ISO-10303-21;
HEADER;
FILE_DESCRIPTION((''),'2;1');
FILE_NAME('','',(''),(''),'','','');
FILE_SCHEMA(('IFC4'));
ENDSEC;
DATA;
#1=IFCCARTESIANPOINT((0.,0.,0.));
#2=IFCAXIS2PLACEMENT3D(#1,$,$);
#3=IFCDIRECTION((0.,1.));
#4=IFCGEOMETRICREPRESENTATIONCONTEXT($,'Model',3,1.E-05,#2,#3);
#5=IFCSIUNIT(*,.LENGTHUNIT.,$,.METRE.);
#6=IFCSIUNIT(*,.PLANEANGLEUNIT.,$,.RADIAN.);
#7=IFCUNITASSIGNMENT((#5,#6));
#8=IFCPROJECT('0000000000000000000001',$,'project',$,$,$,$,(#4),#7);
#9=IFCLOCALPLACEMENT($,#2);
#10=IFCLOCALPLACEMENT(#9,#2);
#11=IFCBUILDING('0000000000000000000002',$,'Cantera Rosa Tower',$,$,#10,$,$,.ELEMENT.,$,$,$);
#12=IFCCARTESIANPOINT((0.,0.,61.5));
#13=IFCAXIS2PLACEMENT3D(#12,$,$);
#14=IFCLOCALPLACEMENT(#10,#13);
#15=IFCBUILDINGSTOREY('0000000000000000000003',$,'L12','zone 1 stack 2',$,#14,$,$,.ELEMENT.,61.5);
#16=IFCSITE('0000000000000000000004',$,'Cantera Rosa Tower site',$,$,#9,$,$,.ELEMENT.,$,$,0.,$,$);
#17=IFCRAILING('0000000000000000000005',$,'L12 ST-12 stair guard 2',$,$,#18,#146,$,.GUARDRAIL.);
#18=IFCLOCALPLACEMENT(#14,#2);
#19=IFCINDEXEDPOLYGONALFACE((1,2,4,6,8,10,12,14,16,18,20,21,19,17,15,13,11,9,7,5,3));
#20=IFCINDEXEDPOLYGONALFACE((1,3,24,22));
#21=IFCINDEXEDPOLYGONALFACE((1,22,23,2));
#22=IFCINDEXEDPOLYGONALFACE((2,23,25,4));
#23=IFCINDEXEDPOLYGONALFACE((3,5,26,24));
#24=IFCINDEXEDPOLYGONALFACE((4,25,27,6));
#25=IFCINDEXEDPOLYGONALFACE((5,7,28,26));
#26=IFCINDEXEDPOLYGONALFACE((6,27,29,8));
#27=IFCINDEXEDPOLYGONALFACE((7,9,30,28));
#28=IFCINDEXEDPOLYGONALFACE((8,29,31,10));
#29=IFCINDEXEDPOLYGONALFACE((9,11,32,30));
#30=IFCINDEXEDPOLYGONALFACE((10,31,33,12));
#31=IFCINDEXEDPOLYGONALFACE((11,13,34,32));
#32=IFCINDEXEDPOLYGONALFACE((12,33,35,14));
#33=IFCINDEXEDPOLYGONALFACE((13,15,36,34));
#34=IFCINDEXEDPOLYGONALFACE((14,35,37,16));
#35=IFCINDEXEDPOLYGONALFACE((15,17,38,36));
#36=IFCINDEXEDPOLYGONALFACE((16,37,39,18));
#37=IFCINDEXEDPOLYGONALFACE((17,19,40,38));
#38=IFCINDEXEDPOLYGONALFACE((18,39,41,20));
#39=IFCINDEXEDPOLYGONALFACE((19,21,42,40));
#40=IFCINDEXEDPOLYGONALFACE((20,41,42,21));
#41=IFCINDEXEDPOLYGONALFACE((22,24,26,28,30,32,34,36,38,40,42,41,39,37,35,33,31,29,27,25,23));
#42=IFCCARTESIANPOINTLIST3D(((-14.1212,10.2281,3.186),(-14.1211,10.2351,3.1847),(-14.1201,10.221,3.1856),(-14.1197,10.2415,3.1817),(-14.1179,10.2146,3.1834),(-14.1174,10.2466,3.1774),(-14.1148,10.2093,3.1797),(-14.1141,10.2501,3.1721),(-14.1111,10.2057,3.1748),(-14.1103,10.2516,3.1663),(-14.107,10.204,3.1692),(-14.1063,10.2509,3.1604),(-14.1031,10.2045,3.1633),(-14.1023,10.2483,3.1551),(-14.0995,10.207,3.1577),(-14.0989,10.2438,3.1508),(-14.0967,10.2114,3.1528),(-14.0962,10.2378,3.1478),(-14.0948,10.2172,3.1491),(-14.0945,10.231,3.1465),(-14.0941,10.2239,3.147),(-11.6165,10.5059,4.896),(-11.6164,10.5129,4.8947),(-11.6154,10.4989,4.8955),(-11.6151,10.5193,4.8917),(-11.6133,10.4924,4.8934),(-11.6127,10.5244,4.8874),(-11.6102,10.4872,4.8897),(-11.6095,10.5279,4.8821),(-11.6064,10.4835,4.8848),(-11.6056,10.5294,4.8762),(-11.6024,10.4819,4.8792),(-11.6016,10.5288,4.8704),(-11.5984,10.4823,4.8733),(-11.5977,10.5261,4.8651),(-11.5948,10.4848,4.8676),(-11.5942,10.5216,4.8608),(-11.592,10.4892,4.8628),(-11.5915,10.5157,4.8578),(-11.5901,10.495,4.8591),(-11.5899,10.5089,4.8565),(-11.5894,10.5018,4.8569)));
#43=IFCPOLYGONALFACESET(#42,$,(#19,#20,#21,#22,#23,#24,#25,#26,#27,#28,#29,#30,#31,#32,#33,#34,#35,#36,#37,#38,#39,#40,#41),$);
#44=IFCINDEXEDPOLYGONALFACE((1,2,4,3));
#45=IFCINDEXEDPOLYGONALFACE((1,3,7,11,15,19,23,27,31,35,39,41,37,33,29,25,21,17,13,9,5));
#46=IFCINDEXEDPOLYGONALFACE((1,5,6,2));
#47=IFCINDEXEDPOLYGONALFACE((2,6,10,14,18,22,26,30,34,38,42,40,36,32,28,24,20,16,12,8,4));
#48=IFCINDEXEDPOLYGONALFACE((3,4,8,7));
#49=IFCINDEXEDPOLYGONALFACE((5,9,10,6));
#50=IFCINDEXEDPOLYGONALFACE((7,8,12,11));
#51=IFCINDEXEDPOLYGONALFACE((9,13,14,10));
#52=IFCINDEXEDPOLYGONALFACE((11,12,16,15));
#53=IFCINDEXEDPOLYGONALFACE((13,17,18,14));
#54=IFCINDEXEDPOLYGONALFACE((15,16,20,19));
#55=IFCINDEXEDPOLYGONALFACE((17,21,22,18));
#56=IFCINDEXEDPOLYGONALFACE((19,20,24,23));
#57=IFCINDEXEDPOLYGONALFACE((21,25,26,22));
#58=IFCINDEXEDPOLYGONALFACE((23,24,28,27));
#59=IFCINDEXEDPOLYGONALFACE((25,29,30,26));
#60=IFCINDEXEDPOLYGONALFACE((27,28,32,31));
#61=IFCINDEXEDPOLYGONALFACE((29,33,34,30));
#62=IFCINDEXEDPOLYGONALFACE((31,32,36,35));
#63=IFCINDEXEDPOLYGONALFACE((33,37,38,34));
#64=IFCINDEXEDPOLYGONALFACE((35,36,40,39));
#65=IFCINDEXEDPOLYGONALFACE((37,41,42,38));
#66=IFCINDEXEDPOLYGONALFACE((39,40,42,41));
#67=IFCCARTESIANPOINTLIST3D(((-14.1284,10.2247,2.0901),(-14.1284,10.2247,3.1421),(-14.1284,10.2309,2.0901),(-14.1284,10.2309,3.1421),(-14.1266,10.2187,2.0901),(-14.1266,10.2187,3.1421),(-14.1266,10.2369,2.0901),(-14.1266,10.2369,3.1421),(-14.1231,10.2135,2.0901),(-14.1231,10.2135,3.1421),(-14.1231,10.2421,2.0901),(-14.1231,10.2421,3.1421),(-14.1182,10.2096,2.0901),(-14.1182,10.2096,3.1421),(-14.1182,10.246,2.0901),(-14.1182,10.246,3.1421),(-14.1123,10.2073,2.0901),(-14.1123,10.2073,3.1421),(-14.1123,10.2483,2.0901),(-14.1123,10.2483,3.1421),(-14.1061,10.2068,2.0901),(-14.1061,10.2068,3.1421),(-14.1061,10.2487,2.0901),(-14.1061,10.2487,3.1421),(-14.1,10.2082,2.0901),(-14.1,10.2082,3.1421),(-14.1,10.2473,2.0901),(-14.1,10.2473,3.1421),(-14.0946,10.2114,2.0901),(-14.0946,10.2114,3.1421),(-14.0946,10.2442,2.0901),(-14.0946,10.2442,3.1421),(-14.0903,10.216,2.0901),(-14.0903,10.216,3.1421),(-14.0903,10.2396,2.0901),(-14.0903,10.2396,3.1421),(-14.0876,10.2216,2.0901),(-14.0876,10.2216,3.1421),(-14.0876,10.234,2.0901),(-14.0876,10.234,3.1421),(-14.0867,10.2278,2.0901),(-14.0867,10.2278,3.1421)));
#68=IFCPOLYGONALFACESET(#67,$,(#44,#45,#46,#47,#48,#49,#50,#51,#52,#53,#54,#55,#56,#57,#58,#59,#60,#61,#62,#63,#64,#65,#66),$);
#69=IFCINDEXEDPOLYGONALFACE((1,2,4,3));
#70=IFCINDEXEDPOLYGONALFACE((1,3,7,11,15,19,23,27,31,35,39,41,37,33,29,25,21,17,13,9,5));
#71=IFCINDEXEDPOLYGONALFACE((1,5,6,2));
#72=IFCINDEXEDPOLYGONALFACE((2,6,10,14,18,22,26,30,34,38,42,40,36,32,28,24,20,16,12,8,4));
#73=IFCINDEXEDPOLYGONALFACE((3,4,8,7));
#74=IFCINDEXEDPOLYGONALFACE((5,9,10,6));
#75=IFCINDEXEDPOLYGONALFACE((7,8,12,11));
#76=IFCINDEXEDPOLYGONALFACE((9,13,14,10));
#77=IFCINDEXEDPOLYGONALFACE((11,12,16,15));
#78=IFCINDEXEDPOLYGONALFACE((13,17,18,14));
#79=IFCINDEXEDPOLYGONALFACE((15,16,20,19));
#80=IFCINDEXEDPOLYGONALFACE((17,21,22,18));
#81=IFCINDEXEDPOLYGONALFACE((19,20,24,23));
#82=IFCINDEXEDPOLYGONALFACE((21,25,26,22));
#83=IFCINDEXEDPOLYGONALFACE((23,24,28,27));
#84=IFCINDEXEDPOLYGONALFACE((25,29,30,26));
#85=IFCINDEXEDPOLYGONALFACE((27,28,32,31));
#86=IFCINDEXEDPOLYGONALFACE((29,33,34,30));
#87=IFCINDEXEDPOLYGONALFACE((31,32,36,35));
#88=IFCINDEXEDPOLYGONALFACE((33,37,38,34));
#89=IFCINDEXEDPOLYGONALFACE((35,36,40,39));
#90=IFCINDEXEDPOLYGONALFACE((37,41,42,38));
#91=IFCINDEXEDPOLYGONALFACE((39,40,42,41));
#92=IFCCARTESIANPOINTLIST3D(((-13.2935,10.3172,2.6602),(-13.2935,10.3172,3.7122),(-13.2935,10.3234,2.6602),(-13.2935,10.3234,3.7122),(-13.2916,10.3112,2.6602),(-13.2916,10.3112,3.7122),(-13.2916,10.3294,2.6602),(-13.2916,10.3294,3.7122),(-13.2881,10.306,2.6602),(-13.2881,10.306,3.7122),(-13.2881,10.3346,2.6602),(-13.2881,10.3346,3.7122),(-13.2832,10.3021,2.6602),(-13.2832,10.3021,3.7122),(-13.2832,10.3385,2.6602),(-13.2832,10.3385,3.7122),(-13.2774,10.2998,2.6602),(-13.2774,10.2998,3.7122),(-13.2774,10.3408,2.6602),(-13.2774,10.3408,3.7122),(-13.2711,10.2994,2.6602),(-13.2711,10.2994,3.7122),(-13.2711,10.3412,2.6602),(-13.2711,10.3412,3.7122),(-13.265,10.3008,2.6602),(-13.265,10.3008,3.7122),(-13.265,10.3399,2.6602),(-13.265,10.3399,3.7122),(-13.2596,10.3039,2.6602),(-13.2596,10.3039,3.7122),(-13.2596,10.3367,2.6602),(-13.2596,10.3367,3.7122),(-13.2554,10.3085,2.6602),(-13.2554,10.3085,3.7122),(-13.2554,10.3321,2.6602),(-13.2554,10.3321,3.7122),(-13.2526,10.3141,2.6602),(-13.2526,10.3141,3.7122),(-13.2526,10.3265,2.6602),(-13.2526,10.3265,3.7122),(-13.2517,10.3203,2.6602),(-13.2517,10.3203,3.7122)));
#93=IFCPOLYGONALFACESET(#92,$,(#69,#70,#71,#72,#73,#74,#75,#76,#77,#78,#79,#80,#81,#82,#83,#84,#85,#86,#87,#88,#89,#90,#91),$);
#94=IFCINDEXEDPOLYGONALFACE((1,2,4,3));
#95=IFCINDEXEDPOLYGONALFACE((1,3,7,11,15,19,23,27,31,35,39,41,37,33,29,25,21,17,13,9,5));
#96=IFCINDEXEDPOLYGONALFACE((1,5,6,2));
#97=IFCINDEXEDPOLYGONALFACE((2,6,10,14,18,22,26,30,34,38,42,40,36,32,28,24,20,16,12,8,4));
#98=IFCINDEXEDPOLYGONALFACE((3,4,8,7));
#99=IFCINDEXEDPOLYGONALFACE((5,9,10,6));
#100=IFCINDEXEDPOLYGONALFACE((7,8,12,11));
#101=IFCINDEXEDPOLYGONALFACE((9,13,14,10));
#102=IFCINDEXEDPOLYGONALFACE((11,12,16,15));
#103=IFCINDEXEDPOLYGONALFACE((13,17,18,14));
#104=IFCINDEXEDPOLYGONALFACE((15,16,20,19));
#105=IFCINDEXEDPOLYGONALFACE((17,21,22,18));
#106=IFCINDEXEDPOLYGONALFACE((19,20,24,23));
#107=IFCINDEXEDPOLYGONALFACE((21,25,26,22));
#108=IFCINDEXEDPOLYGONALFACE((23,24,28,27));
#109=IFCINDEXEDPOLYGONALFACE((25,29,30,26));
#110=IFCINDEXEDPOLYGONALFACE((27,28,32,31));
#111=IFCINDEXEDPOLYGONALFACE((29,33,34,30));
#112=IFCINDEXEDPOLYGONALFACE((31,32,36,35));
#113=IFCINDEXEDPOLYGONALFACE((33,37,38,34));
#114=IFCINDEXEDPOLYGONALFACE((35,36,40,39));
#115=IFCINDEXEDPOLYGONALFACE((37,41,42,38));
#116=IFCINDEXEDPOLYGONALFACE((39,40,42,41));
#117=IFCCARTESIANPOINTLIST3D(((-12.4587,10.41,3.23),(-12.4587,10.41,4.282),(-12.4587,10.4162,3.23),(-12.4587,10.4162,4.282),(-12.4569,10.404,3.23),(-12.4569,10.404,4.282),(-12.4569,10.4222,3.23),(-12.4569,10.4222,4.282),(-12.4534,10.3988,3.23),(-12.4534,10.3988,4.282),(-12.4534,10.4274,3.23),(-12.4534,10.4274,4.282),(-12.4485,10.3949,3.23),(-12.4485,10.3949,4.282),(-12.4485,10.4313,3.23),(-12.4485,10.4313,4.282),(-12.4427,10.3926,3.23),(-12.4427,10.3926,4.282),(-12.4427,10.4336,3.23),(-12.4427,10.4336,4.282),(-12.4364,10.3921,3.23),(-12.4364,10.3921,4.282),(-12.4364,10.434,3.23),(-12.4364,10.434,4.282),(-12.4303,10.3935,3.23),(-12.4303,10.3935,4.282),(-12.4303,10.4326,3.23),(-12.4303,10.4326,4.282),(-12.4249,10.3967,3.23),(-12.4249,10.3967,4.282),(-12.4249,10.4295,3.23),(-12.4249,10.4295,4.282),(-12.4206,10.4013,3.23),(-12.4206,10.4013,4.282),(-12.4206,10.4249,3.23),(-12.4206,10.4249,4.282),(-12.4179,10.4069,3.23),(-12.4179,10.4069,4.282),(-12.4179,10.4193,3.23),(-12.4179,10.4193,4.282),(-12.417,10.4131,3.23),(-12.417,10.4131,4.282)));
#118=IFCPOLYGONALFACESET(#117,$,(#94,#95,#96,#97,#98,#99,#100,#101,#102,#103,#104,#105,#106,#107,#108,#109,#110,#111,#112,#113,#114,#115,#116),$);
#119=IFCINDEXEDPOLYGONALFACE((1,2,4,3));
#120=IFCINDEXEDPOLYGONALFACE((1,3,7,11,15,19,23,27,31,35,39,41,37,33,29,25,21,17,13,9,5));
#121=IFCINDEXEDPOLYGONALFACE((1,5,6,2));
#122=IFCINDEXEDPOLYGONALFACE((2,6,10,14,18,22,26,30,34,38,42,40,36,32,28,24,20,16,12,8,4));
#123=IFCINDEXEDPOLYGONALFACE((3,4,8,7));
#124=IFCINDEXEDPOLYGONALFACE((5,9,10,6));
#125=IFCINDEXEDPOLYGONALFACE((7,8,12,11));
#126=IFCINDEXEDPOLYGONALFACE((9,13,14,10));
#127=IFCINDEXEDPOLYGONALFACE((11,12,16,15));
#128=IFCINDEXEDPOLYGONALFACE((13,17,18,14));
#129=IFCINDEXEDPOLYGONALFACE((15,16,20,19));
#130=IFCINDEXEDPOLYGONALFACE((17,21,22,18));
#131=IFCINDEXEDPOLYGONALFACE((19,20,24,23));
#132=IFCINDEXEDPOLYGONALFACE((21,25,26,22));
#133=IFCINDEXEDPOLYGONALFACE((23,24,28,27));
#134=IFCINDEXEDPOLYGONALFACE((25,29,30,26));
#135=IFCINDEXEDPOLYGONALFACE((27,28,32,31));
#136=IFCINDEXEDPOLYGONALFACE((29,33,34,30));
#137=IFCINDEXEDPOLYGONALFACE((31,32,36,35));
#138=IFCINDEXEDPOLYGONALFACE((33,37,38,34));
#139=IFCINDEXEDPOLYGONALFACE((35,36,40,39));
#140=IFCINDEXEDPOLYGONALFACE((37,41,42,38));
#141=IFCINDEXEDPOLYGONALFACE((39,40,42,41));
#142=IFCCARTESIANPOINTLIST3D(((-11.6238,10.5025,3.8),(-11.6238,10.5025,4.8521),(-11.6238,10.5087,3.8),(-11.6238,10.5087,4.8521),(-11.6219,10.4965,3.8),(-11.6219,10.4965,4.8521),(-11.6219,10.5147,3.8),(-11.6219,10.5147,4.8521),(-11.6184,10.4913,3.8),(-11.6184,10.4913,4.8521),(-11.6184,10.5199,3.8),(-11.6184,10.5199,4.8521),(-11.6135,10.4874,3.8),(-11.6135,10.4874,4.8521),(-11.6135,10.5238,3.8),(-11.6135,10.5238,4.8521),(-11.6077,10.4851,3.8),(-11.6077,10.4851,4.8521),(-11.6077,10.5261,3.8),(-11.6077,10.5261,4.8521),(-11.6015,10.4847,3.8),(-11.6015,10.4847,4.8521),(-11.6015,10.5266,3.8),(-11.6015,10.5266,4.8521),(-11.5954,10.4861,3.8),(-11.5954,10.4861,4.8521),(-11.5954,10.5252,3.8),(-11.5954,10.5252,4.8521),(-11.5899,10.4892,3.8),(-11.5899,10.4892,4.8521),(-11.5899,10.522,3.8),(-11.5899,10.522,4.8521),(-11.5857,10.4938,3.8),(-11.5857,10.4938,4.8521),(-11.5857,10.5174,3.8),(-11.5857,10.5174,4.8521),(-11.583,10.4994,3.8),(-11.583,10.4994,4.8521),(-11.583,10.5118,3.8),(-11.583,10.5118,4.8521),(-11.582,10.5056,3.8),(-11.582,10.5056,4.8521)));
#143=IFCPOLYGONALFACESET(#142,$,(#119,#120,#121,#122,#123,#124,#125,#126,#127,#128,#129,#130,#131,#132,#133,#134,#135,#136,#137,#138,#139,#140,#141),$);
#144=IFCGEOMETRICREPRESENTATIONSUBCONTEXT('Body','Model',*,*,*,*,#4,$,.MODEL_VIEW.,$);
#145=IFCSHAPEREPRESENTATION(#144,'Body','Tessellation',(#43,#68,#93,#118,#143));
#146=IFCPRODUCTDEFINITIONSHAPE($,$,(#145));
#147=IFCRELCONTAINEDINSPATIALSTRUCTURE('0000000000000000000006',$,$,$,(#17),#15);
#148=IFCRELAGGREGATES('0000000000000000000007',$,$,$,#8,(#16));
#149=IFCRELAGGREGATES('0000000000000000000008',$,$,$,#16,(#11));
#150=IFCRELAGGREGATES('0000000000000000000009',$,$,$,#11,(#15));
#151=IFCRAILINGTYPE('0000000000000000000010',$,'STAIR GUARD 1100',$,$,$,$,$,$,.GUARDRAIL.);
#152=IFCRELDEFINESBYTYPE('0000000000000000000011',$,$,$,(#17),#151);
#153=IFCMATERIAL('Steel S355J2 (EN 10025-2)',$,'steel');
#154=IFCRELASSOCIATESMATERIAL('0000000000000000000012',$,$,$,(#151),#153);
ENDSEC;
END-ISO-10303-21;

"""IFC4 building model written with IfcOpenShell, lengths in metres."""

from ifc_helpers import new_model, si_unit, direction, frame, origin, origin_2d, place, context, subcontext, project, spatial, circle, extrude, material, type_object, element, save


model = new_model("IFC4")

# Units and contexts
model_context = context("Model", 3, precision=1e-05, world=origin(), true_north=direction((0.0, 1.0)))
body_context = subcontext(model_context, "Body", "Model", "MODEL_VIEW")
ifc_project = project(units=[si_unit("LENGTHUNIT", "METRE"), si_unit("PLANEANGLEUNIT", "RADIAN")], contexts=[model_context])

# Site, building, storey
site_placement = place(None, origin())
site = spatial("IfcSite", under=ifc_project, at=site_placement, Name="Cantera Rosa Tower site", CompositionType="ELEMENT", RefElevation=0.0)
building_placement = place(site_placement, origin())
building = spatial("IfcBuilding", under=site, at=building_placement, Name="Cantera Rosa Tower", CompositionType="ELEMENT")
storey_placement = place(building_placement, frame((0.0, 0.0, 61.5)))
storey = spatial("IfcBuildingStorey", under=building, at=storey_placement, Name="L12", Description="zone 1 stack 2", CompositionType="ELEMENT", Elevation=61.5)

# Railing
ifc_material_1 = material(Name="Steel S355J2 (EN 10025-2)", Category="steel")
railing_type_1 = type_object("IfcRailingType", Name="STAIR GUARD 1100", PredefinedType="GUARDRAIL", material=ifc_material_1)
railing_1_placement = place(storey_placement, frame((-14.1077, 10.2278, 2.0901)))
element("IfcRailing", 1, at=railing_1_placement, inside=storey, type_object=railing_type_1, Name="L12 ST-12 stair guard 2", PredefinedType="GUARDRAIL", context=body_context, shape_type="SweptSolid", body=[
    extrude(circle(Radius=0.0239, at=origin_2d()), frame((0.0, 0.0, 1.0762), z_axis=(0.822437, 0.091231, 0.561492), x_axis=(-0.110251, 0.993904, 0.0)), (0.0, 0.0, 1.0), 3.0454),
    extrude(circle(Radius=0.021, at=origin_2d()), origin(), (0.0, 0.0, 1.0), 1.052),
    extrude(circle(Radius=0.021, at=origin_2d()), frame((0.835, 0.0925, 0.5701)), (0.0, 0.0, 1.0), 1.052),
    extrude(circle(Radius=0.021, at=origin_2d()), frame((1.6697, 0.1853, 1.1399)), (0.0, 0.0, 1.0), 1.052),
    extrude(circle(Radius=0.021, at=origin_2d()), frame((2.5046, 0.2778, 1.71)), (0.0, 0.0, 1.0), 1.052),
])

save(model, "model.ifc")
